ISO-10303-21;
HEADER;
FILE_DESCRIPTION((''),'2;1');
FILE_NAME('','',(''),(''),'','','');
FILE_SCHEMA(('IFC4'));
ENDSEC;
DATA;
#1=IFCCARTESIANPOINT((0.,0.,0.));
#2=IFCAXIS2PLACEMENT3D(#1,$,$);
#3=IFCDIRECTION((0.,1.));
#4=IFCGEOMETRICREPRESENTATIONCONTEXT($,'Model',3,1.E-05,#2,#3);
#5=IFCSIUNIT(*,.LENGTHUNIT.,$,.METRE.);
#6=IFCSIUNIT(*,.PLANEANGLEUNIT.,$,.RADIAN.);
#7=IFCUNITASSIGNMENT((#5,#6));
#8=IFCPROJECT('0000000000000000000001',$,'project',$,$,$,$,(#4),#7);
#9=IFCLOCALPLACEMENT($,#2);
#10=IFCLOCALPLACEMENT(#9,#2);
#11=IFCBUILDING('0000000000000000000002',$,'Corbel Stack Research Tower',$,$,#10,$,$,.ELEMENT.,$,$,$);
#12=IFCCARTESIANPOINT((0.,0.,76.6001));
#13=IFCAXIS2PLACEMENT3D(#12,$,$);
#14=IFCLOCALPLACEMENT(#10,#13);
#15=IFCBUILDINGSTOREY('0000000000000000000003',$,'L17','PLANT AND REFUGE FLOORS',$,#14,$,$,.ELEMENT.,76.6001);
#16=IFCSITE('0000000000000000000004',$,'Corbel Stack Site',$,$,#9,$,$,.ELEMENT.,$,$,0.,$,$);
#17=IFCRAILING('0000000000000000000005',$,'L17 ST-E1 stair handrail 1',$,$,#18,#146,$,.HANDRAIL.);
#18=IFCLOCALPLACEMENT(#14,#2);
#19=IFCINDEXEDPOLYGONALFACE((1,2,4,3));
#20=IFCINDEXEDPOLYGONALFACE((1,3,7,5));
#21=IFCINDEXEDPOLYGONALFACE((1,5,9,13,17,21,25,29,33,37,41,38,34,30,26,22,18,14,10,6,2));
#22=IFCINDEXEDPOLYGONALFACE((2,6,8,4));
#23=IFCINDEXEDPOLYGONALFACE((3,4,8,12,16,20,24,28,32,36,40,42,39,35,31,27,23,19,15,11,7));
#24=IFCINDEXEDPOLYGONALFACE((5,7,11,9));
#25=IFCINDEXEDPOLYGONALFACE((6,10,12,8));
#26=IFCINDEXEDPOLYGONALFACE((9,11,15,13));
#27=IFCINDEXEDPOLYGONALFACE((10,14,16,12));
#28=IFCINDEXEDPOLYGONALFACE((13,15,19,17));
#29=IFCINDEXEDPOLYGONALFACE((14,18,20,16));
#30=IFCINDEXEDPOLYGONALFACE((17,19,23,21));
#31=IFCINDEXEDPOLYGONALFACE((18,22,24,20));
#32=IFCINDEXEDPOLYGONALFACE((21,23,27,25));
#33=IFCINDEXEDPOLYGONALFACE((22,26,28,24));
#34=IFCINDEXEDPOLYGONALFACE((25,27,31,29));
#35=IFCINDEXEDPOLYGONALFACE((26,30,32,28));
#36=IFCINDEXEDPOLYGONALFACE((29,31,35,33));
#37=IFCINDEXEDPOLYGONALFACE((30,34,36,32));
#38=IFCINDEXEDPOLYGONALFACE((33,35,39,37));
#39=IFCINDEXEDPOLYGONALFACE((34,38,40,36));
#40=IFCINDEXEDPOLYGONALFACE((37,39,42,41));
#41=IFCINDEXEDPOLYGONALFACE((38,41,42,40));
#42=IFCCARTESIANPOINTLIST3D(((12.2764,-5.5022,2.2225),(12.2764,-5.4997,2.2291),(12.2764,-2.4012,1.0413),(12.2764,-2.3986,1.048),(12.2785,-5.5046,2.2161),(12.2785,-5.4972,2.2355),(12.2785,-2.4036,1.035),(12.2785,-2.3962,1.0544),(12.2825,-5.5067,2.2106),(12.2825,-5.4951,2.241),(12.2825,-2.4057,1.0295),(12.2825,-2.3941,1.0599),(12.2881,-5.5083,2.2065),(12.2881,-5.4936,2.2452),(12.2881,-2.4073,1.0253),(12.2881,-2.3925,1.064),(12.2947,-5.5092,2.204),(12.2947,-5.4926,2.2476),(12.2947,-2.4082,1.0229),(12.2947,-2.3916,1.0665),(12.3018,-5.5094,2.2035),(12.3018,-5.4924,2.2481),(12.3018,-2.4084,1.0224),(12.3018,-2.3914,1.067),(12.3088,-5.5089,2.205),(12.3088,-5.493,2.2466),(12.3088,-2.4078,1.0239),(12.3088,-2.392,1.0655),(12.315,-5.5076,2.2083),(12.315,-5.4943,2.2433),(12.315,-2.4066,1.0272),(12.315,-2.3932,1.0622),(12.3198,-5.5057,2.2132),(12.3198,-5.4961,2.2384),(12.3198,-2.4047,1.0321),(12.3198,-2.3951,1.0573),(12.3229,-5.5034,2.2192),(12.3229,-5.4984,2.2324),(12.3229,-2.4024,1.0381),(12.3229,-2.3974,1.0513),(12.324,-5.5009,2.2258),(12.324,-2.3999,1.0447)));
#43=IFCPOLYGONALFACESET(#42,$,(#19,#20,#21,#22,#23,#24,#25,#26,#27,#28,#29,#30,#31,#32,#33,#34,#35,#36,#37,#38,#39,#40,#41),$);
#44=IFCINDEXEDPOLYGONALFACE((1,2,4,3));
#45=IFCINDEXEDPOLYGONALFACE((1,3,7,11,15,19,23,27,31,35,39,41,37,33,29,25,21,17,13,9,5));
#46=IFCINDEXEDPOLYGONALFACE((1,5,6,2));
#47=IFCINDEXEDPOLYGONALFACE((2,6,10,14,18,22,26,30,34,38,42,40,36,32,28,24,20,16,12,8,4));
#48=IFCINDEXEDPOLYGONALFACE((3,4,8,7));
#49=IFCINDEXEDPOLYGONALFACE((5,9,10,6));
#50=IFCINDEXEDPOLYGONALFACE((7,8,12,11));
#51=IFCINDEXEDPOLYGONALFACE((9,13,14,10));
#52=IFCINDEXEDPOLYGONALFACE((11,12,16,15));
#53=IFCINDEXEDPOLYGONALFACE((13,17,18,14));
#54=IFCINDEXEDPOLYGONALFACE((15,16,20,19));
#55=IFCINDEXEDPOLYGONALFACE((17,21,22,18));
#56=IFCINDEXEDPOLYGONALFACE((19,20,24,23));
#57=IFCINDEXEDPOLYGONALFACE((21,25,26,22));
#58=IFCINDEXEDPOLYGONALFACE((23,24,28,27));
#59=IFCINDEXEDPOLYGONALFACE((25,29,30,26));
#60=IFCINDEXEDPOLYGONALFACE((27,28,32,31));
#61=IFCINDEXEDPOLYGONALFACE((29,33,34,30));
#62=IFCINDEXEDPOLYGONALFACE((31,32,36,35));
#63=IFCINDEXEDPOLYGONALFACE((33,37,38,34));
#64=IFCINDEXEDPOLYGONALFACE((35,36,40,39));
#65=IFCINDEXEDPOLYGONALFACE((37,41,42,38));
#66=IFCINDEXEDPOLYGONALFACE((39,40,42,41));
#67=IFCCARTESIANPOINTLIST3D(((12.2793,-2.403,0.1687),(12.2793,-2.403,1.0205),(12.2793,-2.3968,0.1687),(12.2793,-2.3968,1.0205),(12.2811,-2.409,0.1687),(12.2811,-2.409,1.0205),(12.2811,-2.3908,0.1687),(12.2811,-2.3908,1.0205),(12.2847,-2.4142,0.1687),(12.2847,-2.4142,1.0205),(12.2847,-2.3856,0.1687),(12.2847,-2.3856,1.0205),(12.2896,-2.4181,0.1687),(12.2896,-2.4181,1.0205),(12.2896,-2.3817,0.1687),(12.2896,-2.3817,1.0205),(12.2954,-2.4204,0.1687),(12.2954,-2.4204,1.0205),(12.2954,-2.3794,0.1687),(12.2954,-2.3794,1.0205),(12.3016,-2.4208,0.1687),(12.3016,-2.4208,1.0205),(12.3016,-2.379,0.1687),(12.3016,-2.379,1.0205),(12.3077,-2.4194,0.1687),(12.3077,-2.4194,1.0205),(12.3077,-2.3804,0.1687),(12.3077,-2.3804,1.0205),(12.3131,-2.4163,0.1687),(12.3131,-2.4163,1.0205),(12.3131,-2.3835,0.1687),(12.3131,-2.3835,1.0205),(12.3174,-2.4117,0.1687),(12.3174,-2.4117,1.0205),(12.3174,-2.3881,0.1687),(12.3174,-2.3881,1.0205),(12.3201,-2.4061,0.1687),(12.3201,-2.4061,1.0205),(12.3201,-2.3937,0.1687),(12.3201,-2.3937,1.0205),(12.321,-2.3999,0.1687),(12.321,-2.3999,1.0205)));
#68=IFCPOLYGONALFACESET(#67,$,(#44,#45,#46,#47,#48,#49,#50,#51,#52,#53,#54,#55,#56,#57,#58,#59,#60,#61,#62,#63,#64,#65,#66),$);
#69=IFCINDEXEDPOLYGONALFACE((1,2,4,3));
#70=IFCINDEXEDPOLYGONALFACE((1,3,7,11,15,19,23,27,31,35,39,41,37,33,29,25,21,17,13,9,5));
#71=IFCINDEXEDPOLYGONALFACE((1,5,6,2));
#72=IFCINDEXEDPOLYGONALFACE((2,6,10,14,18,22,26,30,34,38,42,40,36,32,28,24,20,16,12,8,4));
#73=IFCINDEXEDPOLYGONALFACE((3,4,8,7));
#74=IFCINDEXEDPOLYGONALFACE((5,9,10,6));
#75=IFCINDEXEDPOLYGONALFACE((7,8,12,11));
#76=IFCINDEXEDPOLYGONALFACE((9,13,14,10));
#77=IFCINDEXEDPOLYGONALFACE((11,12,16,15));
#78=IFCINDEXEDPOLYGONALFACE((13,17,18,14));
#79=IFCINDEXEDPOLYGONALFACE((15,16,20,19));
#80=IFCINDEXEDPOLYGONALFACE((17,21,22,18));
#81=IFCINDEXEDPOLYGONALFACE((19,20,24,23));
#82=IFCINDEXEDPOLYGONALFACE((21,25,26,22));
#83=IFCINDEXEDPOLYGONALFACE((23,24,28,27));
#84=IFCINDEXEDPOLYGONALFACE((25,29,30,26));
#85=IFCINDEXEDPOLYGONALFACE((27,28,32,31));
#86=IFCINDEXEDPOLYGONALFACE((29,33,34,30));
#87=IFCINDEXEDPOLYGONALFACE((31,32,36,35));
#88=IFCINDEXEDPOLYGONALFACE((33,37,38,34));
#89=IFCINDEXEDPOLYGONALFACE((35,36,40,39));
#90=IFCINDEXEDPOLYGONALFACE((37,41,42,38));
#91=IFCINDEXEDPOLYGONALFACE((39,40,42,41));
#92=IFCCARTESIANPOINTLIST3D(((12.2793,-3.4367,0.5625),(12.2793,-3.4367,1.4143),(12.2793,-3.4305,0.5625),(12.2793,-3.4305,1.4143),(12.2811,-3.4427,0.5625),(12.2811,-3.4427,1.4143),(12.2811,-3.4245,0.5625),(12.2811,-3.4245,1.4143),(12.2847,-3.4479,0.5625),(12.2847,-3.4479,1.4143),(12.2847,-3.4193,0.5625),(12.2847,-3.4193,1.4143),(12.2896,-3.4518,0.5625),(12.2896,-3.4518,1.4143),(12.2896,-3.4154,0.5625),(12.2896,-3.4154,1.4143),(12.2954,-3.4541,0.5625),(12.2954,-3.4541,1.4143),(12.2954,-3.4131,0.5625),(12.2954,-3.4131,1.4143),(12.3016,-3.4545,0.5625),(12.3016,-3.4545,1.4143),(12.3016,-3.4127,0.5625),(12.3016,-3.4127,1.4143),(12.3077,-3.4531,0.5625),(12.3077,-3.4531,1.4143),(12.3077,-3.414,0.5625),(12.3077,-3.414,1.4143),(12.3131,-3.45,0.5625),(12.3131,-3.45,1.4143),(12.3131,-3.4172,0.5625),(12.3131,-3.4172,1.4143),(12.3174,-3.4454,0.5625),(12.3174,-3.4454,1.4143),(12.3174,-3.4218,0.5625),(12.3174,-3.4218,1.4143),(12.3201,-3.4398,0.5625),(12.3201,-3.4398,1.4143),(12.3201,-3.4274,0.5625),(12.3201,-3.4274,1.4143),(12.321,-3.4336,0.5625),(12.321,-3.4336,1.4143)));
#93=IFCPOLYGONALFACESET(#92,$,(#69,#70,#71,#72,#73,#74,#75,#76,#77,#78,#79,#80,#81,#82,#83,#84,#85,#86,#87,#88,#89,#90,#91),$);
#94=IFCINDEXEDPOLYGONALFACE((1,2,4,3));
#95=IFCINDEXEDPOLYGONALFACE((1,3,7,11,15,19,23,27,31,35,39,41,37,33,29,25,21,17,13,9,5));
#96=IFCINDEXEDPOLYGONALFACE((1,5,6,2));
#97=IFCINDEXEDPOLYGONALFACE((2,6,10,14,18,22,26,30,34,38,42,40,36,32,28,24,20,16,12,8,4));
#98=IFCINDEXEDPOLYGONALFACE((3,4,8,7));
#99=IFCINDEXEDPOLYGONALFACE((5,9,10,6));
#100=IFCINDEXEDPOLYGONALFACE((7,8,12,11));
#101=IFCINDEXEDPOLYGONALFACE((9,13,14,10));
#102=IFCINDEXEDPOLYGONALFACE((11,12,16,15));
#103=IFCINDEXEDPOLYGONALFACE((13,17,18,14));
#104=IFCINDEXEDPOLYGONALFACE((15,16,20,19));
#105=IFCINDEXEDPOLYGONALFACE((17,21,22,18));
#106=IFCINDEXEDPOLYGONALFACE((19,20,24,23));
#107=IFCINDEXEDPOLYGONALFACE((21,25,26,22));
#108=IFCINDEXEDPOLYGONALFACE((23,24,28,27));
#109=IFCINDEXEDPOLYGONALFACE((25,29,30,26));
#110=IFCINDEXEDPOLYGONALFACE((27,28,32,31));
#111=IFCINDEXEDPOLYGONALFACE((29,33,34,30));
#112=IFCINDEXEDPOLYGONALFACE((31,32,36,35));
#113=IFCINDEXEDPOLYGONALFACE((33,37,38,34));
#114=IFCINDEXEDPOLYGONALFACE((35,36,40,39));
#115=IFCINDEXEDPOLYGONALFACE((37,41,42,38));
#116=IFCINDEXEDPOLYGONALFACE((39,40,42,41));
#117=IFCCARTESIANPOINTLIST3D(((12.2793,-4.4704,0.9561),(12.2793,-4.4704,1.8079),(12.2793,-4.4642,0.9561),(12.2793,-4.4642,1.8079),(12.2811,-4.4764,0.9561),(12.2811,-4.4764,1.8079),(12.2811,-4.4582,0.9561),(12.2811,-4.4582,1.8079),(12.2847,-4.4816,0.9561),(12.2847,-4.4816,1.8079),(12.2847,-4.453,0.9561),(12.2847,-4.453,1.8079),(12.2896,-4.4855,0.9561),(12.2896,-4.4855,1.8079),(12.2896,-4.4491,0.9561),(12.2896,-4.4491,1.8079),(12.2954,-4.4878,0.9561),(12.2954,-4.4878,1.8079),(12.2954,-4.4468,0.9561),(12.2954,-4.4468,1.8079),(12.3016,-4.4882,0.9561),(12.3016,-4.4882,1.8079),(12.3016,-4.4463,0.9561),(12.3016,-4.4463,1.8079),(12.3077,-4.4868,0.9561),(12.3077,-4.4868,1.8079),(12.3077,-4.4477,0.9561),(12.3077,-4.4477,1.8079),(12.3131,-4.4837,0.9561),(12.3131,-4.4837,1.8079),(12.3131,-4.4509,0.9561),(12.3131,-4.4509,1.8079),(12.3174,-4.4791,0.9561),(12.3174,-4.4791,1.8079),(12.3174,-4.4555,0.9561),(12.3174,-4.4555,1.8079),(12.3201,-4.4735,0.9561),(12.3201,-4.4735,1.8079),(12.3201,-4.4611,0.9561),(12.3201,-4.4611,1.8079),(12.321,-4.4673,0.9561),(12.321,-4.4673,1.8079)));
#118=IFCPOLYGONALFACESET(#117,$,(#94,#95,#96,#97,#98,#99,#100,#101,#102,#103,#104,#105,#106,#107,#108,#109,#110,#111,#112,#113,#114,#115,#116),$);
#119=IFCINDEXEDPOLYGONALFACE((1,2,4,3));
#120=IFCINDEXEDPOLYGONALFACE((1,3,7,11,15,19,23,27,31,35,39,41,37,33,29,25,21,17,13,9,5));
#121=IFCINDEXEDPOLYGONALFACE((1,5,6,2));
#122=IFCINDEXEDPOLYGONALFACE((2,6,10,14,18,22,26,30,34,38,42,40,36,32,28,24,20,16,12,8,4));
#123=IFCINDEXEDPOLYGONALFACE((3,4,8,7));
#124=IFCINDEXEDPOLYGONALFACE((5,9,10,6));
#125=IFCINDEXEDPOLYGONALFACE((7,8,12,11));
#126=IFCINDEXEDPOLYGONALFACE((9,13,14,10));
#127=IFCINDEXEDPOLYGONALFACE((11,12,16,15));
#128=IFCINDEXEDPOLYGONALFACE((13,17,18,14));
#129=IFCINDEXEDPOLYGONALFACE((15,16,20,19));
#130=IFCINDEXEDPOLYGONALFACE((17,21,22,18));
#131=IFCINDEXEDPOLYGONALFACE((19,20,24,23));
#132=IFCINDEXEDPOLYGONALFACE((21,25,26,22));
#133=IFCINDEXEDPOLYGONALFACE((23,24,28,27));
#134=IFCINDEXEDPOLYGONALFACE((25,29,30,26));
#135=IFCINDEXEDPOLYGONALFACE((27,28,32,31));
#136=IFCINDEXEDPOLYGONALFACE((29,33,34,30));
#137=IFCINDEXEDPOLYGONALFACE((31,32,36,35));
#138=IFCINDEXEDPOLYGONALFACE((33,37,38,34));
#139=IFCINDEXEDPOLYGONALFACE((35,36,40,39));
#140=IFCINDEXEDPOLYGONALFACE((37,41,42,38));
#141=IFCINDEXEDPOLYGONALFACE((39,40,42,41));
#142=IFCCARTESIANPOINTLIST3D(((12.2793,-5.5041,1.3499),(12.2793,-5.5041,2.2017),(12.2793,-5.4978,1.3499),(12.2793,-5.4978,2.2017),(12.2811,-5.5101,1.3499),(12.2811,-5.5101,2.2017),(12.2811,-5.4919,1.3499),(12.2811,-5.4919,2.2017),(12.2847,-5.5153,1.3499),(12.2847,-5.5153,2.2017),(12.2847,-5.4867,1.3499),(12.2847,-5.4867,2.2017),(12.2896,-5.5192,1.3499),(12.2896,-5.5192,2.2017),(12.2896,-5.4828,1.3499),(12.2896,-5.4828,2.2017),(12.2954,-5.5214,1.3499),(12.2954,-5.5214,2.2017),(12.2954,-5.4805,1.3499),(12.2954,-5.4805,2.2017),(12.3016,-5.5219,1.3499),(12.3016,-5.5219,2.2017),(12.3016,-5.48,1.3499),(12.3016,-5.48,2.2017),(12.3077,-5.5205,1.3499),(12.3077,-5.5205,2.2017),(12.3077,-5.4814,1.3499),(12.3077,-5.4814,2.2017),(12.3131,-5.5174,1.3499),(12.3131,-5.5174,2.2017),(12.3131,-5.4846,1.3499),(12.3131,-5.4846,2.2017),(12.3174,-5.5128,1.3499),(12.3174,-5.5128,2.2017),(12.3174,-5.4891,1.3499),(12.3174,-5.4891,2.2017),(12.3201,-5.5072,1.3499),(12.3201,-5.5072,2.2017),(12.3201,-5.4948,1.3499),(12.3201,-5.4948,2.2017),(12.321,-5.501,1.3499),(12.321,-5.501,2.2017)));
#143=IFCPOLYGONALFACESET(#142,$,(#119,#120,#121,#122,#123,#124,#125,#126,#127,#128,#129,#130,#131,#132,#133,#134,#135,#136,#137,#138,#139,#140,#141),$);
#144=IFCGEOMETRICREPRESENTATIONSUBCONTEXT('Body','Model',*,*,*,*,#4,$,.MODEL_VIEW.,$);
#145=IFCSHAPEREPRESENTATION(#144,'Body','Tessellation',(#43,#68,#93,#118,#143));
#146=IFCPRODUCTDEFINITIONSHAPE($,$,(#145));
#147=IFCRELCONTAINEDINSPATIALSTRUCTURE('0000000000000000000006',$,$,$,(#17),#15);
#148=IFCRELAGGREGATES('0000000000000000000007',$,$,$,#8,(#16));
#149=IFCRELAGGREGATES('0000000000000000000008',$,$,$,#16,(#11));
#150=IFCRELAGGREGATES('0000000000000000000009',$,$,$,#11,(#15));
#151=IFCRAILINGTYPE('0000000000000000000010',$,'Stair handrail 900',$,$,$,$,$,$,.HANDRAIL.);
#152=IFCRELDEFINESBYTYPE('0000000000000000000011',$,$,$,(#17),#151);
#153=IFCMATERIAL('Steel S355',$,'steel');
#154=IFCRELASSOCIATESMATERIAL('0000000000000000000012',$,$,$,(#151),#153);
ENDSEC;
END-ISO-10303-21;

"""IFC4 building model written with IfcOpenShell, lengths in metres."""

from ifc_helpers import new_model, si_unit, direction, frame, origin, origin_2d, place, context, subcontext, project, spatial, circle, extrude, material, type_object, element, save


model = new_model("IFC4")

# Units and contexts
model_context = context("Model", 3, precision=1e-05, world=origin(), true_north=direction((0.0, 1.0)))
body_context = subcontext(model_context, "Body", "Model", "MODEL_VIEW")
ifc_project = project(units=[si_unit("LENGTHUNIT", "METRE"), si_unit("PLANEANGLEUNIT", "RADIAN")], contexts=[model_context])

# Site, building, storey
site_placement = place(None, origin())
site = spatial("IfcSite", under=ifc_project, at=site_placement, Name="Corbel Stack Site", CompositionType="ELEMENT", RefElevation=0.0)
building_placement = place(site_placement, origin())
building = spatial("IfcBuilding", under=site, at=building_placement, Name="Corbel Stack Research Tower", CompositionType="ELEMENT")
storey_placement = place(building_placement, frame((0.0, 0.0, 76.6001)))
storey = spatial("IfcBuildingStorey", under=building, at=storey_placement, Name="L17", Description="PLANT AND REFUGE FLOORS", CompositionType="ELEMENT", Elevation=76.6001)

# Railing
ifc_material_1 = material(Name="Steel S355", Category="steel")
railing_type_1 = type_object("IfcRailingType", Name="Stair handrail 900", PredefinedType="HANDRAIL", material=ifc_material_1)
railing_1_placement = place(storey_placement, frame((12.3, -2.3999, 0.1687)))
element("IfcRailing", 1, at=railing_1_placement, inside=storey, type_object=railing_type_1, Name="L17 ST-E1 stair handrail 1", PredefinedType="HANDRAIL", context=body_context, shape_type="SweptSolid", body=[
    extrude(circle(Radius=0.0239, at=origin_2d()), frame((0.0, 0.0, 0.876), z_axis=(0.0, -0.934509, 0.35594), x_axis=(1.0, 0.0, 0.0)), (0.0, 0.0, 1.0), 3.3184),
    extrude(circle(Radius=0.021, at=origin_2d()), origin(), (0.0, 0.0, 1.0), 0.8518),
    extrude(circle(Radius=0.021, at=origin_2d()), frame((0.0, -1.0337, 0.3938)), (0.0, 0.0, 1.0), 0.8518),
    extrude(circle(Radius=0.021, at=origin_2d()), frame((0.0, -2.0674, 0.7874)), (0.0, 0.0, 1.0), 0.8518),
    extrude(circle(Radius=0.021, at=origin_2d()), frame((0.0, -3.1011, 1.1812)), (0.0, 0.0, 1.0), 0.8518),
])

save(model, "model.ifc")
